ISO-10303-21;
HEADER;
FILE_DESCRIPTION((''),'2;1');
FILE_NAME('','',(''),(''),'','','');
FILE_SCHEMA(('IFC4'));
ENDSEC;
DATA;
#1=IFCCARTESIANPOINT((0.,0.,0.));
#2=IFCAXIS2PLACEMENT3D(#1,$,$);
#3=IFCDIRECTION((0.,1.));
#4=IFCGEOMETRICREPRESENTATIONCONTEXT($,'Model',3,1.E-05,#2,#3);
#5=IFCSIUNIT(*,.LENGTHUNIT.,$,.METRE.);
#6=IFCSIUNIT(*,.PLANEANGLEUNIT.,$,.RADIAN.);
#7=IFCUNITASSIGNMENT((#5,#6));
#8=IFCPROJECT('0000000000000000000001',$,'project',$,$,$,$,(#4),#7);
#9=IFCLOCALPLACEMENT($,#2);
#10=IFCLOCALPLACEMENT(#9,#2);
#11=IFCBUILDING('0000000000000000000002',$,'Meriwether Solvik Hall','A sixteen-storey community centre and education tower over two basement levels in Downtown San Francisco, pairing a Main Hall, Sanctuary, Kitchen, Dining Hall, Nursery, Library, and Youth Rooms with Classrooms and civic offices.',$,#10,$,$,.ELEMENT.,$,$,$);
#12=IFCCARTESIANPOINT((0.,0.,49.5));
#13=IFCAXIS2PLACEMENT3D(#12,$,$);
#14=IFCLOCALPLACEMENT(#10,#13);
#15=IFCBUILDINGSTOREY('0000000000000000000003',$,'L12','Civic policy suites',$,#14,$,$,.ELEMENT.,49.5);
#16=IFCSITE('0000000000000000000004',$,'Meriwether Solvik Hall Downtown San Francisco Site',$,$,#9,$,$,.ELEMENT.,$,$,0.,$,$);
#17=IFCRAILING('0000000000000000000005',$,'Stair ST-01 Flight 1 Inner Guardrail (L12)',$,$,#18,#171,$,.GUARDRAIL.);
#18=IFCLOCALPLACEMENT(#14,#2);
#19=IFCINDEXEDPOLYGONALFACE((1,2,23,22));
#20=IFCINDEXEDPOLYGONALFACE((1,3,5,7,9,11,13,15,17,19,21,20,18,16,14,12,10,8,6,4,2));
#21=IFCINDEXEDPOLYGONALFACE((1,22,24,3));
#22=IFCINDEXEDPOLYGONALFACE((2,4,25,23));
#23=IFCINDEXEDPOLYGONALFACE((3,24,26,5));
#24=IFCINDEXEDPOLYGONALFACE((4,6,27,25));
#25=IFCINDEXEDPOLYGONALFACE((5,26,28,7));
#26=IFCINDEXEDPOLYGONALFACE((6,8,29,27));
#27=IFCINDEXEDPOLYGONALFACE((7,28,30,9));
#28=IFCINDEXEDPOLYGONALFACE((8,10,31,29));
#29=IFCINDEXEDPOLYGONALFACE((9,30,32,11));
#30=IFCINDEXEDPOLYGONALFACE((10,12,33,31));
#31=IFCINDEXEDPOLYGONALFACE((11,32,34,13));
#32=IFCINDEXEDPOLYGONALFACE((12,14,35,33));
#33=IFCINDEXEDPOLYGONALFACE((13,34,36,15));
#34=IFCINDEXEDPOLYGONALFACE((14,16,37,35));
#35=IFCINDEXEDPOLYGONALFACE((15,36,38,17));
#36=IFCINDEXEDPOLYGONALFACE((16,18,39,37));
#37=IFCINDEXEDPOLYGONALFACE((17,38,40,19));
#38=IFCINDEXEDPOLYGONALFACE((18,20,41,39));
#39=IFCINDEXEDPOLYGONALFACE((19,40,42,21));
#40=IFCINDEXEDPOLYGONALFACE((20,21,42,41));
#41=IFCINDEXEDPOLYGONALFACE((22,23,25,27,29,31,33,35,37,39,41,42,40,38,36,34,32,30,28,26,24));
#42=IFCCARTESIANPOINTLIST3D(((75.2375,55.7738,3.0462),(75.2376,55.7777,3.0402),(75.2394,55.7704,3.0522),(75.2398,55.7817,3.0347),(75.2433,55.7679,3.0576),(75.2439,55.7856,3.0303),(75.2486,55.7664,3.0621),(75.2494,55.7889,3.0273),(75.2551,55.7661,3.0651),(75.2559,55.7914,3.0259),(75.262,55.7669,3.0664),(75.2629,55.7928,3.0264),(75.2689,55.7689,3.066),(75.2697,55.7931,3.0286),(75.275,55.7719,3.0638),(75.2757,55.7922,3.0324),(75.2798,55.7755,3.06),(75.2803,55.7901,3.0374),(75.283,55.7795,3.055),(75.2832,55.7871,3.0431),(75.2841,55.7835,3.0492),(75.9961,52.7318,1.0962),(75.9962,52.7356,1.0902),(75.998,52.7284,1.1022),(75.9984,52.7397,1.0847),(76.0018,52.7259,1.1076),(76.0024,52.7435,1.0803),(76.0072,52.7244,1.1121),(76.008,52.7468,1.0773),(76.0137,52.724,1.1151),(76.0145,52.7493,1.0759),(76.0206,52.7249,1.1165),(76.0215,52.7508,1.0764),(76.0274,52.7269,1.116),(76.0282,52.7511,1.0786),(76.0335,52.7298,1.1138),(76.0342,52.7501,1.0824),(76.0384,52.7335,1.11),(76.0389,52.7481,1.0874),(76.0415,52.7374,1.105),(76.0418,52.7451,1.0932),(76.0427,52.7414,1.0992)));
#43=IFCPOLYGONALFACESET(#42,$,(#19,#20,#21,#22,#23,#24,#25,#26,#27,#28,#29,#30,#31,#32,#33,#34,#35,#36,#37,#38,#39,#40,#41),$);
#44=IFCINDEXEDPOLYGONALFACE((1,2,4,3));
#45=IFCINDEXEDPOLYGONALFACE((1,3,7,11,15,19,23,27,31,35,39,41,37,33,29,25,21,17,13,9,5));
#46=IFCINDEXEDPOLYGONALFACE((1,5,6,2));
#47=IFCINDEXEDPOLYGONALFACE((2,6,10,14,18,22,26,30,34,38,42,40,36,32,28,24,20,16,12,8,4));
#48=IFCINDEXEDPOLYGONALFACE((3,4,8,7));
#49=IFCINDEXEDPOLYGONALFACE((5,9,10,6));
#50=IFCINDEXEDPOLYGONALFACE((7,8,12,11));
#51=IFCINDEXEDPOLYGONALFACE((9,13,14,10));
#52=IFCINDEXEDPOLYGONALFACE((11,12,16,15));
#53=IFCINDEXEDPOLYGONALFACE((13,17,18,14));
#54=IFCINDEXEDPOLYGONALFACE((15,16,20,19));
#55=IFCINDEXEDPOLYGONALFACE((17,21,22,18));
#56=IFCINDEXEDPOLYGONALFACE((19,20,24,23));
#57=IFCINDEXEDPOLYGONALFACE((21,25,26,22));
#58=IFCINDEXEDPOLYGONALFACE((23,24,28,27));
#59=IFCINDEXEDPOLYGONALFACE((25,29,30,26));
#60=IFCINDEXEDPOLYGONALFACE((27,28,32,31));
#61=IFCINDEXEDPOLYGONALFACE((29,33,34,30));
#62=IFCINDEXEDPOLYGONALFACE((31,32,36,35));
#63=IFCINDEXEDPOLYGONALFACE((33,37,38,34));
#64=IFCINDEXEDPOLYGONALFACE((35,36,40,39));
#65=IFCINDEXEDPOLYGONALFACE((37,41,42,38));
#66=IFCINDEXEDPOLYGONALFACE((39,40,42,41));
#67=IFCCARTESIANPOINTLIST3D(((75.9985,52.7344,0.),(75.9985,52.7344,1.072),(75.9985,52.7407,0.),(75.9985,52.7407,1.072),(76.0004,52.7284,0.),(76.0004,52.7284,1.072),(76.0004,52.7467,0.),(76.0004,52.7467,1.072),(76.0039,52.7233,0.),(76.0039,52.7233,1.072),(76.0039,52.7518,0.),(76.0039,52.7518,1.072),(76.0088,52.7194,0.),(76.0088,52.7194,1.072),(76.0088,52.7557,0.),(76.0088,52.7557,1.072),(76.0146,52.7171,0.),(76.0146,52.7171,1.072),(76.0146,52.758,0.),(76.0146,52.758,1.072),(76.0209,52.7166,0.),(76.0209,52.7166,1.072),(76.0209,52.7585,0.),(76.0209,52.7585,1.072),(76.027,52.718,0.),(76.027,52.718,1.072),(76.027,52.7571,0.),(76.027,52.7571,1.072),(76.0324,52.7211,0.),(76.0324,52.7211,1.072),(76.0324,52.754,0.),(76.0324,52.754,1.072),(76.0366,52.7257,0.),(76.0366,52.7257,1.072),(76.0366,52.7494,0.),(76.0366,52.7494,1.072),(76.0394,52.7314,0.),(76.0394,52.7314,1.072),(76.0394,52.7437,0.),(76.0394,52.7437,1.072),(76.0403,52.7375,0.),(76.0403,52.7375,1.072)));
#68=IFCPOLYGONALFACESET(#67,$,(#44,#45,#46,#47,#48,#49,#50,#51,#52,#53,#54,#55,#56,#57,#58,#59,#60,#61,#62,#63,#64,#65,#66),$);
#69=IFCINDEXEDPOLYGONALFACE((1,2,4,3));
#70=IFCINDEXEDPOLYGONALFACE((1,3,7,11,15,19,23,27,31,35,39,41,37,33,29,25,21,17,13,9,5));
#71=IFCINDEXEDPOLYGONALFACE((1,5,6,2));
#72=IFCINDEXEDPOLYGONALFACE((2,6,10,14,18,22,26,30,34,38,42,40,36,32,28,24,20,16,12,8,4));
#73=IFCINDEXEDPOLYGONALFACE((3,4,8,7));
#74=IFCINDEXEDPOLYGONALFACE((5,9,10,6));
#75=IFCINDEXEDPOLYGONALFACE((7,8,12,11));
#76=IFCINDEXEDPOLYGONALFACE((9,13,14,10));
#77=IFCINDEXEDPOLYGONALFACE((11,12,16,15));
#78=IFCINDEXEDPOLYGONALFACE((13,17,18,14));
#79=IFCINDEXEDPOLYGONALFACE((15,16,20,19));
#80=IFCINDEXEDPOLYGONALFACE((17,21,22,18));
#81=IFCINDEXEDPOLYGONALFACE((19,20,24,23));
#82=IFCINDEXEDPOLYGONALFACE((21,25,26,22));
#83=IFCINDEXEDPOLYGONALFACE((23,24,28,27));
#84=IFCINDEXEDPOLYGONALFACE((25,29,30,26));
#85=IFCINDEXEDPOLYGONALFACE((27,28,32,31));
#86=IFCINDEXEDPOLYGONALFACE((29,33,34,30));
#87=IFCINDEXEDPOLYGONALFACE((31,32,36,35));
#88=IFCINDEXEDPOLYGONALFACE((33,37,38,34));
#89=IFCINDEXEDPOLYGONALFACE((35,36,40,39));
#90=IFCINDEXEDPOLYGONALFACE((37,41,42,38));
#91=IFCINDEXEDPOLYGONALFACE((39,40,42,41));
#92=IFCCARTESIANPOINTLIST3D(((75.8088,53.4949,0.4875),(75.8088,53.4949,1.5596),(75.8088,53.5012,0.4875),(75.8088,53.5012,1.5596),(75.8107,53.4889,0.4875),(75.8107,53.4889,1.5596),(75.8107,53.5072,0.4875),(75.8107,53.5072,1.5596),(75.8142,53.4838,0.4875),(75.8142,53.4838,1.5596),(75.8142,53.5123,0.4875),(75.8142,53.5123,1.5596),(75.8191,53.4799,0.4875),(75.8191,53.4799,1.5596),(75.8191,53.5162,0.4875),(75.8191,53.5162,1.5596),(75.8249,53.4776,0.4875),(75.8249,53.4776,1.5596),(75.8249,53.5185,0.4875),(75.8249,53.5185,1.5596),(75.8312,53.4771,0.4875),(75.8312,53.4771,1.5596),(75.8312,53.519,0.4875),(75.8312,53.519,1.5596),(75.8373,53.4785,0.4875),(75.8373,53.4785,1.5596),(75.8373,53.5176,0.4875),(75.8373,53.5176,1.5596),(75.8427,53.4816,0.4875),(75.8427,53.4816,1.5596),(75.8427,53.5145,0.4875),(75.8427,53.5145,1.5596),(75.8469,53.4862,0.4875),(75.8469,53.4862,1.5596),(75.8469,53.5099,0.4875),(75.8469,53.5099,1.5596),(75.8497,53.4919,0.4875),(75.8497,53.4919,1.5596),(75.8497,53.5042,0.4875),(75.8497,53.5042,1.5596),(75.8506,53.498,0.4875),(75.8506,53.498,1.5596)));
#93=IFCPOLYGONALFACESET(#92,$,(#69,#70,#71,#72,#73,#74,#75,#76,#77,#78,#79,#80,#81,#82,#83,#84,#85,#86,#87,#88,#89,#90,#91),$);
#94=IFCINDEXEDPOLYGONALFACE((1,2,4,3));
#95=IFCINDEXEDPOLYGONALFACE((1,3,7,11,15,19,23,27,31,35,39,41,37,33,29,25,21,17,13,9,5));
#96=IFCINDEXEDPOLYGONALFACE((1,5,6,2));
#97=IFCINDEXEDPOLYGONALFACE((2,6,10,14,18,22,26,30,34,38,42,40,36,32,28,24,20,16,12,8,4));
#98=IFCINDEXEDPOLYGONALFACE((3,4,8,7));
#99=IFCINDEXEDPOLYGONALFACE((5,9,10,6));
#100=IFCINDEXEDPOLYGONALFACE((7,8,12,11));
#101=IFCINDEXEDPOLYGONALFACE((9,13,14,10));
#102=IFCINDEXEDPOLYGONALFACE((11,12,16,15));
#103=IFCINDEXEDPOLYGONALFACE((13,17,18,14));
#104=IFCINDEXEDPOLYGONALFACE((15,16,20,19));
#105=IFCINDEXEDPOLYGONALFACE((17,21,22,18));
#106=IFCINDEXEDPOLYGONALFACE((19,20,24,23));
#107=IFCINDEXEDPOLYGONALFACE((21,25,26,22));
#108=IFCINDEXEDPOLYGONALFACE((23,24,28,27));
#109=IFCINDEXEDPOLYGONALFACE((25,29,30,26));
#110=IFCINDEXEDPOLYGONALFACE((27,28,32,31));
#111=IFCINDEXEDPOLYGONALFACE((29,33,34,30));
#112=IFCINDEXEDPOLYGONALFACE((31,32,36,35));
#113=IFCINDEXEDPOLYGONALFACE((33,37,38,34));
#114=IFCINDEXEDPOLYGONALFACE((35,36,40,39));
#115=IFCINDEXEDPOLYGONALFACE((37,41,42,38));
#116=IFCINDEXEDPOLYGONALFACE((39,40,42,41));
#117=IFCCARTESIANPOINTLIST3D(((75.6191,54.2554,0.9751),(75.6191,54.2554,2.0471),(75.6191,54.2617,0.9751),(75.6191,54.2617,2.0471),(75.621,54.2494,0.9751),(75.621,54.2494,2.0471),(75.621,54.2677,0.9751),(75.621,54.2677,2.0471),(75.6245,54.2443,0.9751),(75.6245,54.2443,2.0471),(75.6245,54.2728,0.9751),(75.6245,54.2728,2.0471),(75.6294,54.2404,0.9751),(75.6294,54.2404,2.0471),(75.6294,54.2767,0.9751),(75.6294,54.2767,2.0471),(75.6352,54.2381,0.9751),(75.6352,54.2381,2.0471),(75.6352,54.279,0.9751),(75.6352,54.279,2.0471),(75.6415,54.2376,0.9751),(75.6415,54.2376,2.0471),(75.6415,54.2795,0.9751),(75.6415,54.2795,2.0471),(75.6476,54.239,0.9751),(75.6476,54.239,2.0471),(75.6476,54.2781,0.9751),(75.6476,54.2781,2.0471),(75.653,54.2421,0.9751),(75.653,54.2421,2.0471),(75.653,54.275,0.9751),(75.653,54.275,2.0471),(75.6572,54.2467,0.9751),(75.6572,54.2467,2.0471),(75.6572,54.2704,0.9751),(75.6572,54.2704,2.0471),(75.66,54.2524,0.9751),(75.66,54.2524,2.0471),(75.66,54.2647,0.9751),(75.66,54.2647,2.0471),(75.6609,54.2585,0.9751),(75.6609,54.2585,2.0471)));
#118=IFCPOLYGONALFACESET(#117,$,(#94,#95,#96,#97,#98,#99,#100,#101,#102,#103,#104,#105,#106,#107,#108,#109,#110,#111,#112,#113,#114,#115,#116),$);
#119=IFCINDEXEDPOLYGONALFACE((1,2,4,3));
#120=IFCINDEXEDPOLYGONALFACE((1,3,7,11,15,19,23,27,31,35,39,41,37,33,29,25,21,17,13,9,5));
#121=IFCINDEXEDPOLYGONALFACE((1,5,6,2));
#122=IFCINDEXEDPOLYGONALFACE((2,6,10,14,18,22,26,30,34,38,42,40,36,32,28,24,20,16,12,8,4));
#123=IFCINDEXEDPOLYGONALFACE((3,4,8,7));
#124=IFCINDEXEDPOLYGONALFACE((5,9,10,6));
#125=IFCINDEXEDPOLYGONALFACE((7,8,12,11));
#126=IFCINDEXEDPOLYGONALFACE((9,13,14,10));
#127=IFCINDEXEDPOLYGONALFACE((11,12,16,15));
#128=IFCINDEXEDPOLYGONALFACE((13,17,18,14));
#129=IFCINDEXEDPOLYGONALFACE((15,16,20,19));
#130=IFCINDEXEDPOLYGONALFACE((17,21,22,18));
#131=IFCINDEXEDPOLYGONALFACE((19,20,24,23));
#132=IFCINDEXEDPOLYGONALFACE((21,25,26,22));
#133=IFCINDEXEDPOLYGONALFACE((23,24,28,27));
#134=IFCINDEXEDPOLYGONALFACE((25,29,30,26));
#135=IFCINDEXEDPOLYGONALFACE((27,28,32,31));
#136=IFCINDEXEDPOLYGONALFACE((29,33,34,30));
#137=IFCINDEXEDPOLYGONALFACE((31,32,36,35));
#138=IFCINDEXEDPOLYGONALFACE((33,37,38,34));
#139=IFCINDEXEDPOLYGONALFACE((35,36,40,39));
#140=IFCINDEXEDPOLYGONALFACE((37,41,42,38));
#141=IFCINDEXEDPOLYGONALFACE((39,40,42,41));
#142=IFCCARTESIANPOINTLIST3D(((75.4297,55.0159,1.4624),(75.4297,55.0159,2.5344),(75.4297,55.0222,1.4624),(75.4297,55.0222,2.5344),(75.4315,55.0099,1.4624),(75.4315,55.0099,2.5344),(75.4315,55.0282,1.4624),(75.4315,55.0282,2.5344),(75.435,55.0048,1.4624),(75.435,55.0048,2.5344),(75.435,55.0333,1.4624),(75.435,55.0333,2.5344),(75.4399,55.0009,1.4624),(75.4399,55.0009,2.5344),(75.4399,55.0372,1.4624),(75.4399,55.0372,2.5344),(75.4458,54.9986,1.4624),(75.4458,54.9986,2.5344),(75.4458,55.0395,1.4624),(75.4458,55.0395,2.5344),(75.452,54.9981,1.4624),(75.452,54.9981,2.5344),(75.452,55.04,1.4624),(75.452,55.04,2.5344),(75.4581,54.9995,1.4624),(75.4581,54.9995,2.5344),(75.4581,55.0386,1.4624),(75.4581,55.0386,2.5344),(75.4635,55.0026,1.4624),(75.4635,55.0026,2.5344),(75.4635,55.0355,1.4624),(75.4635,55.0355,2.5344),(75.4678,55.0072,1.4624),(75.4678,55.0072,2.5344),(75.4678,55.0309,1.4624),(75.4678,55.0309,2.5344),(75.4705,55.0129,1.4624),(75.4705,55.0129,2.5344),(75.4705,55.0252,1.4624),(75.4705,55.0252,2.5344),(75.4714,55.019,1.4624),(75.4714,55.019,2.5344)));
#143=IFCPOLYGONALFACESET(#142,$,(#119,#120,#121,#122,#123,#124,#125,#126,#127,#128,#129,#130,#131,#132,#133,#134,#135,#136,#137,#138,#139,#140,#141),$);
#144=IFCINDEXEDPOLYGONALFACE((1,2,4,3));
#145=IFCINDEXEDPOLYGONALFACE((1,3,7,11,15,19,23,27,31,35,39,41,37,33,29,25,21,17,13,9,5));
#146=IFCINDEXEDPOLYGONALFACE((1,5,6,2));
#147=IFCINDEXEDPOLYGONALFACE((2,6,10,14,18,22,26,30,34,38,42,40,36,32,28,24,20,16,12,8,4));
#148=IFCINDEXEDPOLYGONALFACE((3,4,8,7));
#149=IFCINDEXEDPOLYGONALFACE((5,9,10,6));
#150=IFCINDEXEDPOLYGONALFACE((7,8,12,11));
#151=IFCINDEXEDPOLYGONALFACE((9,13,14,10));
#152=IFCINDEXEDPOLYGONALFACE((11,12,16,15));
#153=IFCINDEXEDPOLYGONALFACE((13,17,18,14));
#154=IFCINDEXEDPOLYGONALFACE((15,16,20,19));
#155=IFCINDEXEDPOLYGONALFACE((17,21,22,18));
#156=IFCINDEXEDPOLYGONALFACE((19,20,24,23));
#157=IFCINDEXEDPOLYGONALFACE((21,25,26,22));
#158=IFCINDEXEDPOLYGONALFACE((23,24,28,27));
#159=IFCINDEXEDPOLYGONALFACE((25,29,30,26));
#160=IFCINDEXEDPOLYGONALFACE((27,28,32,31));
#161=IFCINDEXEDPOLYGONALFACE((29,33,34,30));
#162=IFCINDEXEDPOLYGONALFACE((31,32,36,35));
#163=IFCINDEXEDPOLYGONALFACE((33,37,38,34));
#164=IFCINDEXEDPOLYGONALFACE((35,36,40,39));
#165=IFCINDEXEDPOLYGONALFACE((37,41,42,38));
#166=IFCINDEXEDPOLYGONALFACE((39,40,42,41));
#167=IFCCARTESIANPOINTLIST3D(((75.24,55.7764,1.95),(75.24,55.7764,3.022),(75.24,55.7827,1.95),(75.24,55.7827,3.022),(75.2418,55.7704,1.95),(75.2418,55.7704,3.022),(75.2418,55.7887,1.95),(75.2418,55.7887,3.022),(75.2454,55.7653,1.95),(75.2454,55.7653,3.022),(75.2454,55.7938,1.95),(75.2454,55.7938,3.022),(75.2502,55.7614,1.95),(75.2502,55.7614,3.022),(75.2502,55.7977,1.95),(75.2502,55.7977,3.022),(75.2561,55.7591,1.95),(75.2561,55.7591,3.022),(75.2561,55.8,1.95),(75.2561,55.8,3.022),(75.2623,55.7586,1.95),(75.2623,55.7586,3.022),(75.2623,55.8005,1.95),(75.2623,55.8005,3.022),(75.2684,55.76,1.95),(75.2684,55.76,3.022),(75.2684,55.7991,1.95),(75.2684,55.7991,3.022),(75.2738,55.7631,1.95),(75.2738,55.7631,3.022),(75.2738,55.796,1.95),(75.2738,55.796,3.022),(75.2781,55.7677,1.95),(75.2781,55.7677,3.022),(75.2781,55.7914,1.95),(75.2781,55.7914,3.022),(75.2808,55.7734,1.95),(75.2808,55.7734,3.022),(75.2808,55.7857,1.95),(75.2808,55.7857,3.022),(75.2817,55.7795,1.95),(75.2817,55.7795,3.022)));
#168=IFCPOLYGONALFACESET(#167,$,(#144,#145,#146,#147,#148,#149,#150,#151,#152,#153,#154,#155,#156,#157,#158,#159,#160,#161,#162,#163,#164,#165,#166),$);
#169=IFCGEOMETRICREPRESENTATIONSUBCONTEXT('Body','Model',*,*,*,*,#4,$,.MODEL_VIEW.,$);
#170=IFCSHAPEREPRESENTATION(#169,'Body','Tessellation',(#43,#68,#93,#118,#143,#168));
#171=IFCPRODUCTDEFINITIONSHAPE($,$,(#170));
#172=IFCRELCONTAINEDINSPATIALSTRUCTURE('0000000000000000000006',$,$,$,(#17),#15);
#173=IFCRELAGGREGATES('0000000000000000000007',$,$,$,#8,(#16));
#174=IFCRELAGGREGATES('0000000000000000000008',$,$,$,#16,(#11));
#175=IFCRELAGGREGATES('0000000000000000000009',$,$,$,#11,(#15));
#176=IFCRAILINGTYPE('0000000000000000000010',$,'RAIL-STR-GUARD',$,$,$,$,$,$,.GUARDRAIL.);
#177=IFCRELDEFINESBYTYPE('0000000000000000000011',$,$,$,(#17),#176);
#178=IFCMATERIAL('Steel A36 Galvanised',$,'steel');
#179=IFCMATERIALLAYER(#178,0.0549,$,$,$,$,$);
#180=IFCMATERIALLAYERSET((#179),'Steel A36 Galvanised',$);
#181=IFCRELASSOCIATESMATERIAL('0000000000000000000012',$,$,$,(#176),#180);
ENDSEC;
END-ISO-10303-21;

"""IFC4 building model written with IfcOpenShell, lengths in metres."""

from ifc_helpers import new_model, si_unit, direction, frame, origin, origin_2d, place, context, subcontext, project, spatial, circle, extrude, material, layer, layer_set, type_object, element, save


model = new_model("IFC4")

# Units and contexts
model_context = context("Model", 3, precision=1e-05, world=origin(), true_north=direction((0.0, 1.0)))
body_context = subcontext(model_context, "Body", "Model", "MODEL_VIEW")
ifc_project = project(units=[si_unit("LENGTHUNIT", "METRE"), si_unit("PLANEANGLEUNIT", "RADIAN")], contexts=[model_context])

# Site, building, storey
site_placement = place(None, origin())
site = spatial("IfcSite", under=ifc_project, at=site_placement, Name="Meriwether Solvik Hall Downtown San Francisco Site", CompositionType="ELEMENT", RefElevation=0.0)
building_placement = place(site_placement, origin())
building = spatial("IfcBuilding", under=site, at=building_placement, Name="Meriwether Solvik Hall", Description="A sixteen-storey community centre and education tower over two basement levels in Downtown San Francisco, pairing a Main Hall, Sanctuary, Kitchen, Dining Hall, Nursery, Library, and Youth Rooms with Classrooms and civic offices.", CompositionType="ELEMENT")
storey_placement = place(building_placement, frame((0.0, 0.0, 49.5)))
storey = spatial("IfcBuildingStorey", under=building, at=storey_placement, Name="L12", Description="Civic policy suites", CompositionType="ELEMENT", Elevation=49.5)

# Railing
ifc_material_1 = material(Name="Steel A36 Galvanised", Category="steel")
ifc_layer_1 = layer(ifc_material_1, 0.0549)
ifc_layer_set_1 = layer_set([ifc_layer_1], Name="Steel A36 Galvanised")
railing_type_1 = type_object("IfcRailingType", Name="RAIL-STR-GUARD", PredefinedType="GUARDRAIL", material=ifc_layer_set_1)
railing_1_placement = place(storey_placement, frame((76.0193, 52.7375, 0.0)))
element("IfcRailing", 1, at=railing_1_placement, inside=storey, type_object=railing_type_1, Name="Stair ST-01 Flight 1 Inner Guardrail (L12)", PredefinedType="GUARDRAIL", context=body_context, shape_type="SweptSolid", body=[
    extrude(circle(Radius=0.0239, at=origin_2d()), frame((0.0, 0.0, 1.0962), z_axis=(-0.205452, 0.823925, 0.528145), x_axis=(-0.970289, -0.241949, 0.0)), (0.0, 0.0, 1.0), 3.6921),
    extrude(circle(Radius=0.021, at=origin_2d()), origin(), (0.0, 0.0, 1.0), 1.072),
    extrude(circle(Radius=0.021, at=origin_2d()), frame((-0.1897, 0.7605, 0.4875)), (0.0, 0.0, 1.0), 1.072),
    extrude(circle(Radius=0.021, at=origin_2d()), frame((-0.3794, 1.521, 0.9751)), (0.0, 0.0, 1.0), 1.072),
    extrude(circle(Radius=0.021, at=origin_2d()), frame((-0.5688, 2.2815, 1.4624)), (0.0, 0.0, 1.0), 1.072),
    extrude(circle(Radius=0.021, at=origin_2d()), frame((-0.7585, 3.042, 1.95)), (0.0, 0.0, 1.0), 1.072),
])

save(model, "model.ifc")
